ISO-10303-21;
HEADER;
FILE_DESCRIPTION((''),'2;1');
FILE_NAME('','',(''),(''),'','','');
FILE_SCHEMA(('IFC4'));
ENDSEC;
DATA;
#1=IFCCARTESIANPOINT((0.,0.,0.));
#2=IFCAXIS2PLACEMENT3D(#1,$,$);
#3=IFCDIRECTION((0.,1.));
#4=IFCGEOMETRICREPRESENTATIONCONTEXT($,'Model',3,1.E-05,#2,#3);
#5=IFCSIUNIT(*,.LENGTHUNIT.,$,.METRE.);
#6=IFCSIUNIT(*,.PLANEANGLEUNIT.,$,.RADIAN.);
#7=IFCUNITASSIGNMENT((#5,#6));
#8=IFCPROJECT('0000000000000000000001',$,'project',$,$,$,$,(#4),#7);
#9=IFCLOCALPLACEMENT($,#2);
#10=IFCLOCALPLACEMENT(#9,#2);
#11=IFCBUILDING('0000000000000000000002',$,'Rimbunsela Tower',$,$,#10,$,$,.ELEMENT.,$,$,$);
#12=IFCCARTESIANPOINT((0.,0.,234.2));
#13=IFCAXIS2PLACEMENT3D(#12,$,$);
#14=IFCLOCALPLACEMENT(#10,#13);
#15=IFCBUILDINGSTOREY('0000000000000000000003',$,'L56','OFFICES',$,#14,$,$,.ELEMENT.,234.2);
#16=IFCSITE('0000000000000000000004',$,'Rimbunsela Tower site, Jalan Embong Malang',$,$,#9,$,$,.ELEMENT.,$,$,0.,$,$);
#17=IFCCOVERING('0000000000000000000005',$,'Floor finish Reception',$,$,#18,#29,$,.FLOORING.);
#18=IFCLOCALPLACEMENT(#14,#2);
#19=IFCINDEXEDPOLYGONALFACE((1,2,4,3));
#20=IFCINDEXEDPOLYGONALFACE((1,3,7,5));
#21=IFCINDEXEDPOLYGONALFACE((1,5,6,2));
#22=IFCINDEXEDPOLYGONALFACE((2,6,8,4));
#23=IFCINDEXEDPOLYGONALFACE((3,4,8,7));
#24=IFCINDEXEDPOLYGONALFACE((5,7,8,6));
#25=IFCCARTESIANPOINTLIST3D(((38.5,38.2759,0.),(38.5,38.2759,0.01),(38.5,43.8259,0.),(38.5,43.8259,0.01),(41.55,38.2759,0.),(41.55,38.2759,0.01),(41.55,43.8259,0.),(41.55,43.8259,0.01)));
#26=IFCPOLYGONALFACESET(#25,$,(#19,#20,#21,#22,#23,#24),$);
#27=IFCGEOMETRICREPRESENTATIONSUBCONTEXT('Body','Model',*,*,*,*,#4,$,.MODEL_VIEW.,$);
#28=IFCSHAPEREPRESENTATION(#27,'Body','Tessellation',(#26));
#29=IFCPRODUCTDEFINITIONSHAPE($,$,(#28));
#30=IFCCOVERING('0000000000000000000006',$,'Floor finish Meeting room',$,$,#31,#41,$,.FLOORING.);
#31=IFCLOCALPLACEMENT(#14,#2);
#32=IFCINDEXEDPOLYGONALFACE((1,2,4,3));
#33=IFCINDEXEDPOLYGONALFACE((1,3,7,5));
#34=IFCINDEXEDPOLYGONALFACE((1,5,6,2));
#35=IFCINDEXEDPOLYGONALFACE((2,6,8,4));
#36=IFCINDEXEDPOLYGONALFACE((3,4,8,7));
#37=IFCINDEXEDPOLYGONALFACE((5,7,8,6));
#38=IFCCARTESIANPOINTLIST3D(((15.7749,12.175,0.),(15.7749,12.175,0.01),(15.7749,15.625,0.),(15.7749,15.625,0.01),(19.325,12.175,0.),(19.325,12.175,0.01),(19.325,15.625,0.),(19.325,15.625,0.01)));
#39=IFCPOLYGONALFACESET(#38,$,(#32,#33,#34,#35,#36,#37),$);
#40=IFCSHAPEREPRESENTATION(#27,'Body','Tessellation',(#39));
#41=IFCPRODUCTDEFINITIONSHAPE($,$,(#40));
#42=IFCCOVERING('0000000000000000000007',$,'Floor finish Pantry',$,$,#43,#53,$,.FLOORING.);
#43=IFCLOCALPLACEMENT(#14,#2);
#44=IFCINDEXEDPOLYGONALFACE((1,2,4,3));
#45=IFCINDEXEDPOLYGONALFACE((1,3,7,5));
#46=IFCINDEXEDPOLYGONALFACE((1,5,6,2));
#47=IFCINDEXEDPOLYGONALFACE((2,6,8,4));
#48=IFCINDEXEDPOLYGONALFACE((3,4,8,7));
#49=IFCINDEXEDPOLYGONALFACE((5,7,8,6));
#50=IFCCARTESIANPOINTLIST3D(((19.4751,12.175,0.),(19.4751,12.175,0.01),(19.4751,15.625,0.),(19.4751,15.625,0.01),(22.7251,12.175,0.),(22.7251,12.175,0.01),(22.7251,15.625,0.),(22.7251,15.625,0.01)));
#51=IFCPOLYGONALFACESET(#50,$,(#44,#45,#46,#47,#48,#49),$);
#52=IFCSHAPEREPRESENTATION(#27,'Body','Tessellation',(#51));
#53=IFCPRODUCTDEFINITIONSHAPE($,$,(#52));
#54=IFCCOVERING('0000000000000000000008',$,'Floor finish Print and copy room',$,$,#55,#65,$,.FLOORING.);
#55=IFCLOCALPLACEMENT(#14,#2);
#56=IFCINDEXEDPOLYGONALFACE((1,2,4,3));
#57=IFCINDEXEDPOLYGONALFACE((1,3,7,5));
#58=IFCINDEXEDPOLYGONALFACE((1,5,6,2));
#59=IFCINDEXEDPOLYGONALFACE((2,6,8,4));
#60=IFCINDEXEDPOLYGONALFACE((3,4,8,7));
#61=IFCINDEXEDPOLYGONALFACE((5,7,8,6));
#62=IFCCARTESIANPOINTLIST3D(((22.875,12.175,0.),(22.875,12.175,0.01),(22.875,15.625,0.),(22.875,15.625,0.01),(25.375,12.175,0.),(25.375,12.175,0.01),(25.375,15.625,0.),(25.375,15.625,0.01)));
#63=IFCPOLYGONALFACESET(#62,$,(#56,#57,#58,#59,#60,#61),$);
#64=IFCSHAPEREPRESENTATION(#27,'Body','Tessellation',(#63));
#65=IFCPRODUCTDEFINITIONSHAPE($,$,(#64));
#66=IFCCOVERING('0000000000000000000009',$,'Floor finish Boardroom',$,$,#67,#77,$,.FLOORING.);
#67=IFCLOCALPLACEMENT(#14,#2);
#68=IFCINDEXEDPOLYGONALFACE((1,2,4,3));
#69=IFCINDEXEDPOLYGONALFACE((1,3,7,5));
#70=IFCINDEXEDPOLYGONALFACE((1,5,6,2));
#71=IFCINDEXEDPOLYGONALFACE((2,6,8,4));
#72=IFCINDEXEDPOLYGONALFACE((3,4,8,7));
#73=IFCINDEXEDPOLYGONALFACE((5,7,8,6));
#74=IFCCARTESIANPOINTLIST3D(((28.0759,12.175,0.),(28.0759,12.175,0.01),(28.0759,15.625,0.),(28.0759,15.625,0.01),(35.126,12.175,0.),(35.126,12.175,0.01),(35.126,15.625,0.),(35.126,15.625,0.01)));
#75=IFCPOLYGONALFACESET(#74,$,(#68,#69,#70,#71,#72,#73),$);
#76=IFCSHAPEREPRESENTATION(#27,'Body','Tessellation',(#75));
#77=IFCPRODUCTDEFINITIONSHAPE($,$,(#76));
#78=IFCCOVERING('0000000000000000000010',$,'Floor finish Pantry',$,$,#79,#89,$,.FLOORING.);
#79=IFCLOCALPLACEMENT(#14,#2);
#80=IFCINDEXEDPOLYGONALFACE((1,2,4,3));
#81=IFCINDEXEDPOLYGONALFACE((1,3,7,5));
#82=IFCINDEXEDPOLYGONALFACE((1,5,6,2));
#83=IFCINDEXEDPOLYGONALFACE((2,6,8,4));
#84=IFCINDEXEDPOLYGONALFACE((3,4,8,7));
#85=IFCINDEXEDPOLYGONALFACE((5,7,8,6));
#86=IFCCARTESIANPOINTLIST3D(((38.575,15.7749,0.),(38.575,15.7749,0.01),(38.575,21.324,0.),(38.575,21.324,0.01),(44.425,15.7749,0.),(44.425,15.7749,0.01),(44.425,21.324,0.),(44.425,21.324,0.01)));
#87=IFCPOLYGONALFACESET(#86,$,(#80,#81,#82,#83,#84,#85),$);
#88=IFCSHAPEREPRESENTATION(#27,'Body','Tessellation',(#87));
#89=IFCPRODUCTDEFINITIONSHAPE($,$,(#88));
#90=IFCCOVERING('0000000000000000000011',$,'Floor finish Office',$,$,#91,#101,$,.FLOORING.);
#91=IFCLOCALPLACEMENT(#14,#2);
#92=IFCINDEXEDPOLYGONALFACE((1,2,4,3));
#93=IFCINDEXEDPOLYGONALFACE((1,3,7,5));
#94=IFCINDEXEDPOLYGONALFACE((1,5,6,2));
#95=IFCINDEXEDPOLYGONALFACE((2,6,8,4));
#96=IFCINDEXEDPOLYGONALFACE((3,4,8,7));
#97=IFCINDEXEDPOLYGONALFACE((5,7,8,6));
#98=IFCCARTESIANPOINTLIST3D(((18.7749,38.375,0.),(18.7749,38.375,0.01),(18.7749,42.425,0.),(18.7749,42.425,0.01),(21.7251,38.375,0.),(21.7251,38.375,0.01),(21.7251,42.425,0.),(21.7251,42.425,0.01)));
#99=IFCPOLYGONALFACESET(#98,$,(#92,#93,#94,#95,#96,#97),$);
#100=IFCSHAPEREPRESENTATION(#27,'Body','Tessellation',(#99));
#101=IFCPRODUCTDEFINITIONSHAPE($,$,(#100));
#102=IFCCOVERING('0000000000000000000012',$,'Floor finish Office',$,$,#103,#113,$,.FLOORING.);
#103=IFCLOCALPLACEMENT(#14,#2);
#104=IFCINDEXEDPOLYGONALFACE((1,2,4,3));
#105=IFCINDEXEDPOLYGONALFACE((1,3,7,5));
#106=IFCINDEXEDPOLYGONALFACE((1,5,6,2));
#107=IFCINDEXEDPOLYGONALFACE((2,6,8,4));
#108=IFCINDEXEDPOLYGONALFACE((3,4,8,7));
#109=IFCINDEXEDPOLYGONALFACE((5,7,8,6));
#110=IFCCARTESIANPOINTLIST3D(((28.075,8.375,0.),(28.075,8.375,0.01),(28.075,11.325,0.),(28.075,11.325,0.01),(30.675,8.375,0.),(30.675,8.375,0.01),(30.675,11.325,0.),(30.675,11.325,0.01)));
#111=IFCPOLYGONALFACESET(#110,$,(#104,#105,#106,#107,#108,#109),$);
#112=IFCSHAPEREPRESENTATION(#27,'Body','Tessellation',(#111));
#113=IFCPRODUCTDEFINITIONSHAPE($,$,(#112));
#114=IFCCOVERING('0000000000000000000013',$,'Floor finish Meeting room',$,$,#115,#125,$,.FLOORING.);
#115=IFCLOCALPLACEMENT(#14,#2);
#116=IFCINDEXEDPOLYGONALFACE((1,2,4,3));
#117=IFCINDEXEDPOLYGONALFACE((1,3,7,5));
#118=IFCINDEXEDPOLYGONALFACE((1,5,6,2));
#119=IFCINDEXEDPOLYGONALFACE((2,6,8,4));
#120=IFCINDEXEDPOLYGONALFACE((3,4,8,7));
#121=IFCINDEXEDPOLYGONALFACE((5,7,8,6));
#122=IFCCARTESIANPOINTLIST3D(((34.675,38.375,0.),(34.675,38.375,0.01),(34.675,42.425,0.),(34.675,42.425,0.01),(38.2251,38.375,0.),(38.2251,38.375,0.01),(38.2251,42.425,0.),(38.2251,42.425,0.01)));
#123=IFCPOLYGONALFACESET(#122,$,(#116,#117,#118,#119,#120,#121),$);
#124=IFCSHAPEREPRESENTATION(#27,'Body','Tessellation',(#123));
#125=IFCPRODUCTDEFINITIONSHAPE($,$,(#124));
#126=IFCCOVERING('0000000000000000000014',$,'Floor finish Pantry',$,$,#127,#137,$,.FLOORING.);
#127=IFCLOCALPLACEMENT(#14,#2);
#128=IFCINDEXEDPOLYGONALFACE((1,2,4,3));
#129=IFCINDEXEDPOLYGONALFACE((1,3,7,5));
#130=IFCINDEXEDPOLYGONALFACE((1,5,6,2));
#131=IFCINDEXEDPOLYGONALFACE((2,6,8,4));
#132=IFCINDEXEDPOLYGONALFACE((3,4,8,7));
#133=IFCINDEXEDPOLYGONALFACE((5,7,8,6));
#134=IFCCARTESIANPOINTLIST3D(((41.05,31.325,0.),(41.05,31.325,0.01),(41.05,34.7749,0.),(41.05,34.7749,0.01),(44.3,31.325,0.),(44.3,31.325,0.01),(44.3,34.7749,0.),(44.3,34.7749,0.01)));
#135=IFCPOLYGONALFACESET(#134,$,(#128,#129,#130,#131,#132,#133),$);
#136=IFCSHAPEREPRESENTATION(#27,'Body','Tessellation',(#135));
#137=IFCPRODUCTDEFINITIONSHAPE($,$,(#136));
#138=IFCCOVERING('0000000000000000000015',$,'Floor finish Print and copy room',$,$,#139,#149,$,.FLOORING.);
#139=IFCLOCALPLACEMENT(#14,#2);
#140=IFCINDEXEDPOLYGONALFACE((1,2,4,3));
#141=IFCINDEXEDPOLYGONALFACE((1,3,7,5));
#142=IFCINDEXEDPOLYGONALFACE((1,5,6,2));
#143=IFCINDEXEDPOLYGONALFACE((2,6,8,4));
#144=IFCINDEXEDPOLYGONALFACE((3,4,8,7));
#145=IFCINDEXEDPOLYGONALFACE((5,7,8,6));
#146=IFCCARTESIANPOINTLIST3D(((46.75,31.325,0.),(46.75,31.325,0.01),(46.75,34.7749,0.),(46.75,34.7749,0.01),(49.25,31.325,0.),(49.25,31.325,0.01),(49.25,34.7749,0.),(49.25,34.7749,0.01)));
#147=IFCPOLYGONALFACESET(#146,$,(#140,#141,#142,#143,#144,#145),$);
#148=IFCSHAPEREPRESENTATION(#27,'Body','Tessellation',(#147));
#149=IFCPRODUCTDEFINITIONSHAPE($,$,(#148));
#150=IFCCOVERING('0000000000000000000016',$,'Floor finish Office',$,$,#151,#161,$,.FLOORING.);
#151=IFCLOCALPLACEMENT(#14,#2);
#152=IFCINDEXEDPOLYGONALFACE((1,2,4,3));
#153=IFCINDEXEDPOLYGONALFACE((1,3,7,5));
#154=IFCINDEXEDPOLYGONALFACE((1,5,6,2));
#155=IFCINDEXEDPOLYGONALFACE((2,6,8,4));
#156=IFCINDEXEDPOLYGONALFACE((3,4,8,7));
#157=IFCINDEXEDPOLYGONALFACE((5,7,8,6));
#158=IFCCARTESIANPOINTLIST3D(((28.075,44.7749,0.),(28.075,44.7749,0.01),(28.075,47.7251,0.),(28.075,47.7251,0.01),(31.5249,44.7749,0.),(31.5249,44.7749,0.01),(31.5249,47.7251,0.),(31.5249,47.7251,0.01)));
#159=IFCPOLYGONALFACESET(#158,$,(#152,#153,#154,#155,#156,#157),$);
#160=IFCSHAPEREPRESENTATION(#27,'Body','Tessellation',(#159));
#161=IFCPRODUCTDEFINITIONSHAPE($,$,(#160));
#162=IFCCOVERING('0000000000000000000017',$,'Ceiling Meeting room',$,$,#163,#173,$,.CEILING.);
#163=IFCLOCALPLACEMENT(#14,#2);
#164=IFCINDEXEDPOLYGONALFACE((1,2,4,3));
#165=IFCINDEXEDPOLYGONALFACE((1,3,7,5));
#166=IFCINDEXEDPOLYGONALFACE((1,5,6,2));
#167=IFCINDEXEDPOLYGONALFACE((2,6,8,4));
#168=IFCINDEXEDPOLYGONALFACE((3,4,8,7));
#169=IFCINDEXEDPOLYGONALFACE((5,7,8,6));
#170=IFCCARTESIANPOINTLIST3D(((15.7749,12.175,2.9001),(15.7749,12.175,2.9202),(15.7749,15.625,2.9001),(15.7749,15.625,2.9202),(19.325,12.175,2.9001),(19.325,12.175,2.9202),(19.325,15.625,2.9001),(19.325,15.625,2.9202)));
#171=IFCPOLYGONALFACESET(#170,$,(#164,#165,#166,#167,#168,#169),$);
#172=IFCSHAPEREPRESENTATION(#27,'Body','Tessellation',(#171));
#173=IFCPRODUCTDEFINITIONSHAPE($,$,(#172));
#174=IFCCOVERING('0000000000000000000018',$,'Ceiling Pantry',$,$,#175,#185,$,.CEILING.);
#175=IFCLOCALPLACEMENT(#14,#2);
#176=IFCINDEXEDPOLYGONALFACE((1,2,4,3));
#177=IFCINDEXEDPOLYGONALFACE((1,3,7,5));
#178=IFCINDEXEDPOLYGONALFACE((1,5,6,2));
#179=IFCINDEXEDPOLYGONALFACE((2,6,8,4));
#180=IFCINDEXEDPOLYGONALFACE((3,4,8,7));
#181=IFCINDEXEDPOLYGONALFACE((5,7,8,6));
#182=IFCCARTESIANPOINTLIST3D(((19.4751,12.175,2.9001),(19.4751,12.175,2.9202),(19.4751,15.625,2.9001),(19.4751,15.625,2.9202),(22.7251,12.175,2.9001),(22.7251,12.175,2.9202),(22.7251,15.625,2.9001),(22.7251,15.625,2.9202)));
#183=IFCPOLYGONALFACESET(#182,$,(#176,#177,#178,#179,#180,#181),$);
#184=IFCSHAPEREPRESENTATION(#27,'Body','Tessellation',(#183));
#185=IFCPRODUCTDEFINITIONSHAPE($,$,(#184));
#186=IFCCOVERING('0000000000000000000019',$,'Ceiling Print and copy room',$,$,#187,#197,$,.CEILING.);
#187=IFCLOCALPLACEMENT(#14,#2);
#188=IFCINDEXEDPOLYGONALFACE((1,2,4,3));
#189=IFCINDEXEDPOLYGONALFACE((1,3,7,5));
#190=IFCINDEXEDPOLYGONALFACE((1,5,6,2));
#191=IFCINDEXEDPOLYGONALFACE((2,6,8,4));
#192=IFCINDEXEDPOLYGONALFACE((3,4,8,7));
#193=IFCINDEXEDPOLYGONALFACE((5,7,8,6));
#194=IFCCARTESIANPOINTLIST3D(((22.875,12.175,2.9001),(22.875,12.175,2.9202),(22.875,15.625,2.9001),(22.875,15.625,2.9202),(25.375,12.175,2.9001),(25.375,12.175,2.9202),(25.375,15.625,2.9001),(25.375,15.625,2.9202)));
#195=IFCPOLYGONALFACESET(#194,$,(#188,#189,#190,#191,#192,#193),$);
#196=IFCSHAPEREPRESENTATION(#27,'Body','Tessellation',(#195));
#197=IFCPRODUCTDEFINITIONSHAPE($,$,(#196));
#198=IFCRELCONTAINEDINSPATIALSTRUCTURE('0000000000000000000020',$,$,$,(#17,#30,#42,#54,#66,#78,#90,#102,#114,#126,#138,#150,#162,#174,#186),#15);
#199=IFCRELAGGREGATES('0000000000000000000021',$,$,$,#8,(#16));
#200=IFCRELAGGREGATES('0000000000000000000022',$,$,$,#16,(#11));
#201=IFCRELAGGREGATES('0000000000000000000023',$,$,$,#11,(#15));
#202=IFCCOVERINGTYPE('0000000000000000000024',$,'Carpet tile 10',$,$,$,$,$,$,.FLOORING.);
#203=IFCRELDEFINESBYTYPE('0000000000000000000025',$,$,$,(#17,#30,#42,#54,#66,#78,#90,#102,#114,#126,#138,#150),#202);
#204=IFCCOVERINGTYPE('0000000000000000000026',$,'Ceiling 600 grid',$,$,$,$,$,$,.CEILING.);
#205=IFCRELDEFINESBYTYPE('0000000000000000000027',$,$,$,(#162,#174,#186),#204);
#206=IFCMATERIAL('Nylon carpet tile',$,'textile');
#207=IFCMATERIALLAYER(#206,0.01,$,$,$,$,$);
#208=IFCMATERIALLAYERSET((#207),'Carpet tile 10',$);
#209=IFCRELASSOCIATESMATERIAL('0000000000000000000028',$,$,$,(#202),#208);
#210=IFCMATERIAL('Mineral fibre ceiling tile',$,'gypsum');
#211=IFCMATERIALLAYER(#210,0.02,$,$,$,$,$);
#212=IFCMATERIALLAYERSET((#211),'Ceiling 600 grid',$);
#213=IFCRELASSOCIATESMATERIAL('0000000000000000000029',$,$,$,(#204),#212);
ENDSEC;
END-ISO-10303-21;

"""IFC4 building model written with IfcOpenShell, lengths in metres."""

from ifc_helpers import new_model, si_unit, direction, frame, origin, place, context, subcontext, project, spatial, polyline, outline, extrude, material, layer, layer_set, type_object, element, save


model = new_model("IFC4")

# Units and contexts
model_context = context("Model", 3, precision=1e-05, world=origin(), true_north=direction((0.0, 1.0)))
body_context = subcontext(model_context, "Body", "Model", "MODEL_VIEW")
ifc_project = project(units=[si_unit("LENGTHUNIT", "METRE"), si_unit("PLANEANGLEUNIT", "RADIAN")], contexts=[model_context])

# Site, building, storey
site_placement = place(None, origin())
site = spatial("IfcSite", under=ifc_project, at=site_placement, Name="Rimbunsela Tower site, Jalan Embong Malang", CompositionType="ELEMENT", RefElevation=0.0)
building_placement = place(site_placement, origin())
building = spatial("IfcBuilding", under=site, at=building_placement, Name="Rimbunsela Tower", CompositionType="ELEMENT")
storey_placement = place(building_placement, frame((0.0, 0.0, 234.2)))
storey = spatial("IfcBuildingStorey", under=building, at=storey_placement, Name="L56", Description="OFFICES", CompositionType="ELEMENT", Elevation=234.2)

# Coverings
ifc_material_1 = material(Name="Nylon carpet tile", Category="textile")
ifc_layer_1 = layer(ifc_material_1, 0.01)
ifc_layer_set_1 = layer_set([ifc_layer_1], Name="Carpet tile 10")
covering_type_1 = type_object("IfcCoveringType", Name="Carpet tile 10", PredefinedType="FLOORING", material=ifc_layer_set_1)
covering_1_placement = place(storey_placement, origin())
element("IfcCovering", 1, at=covering_1_placement, inside=storey, type_object=covering_type_1, Name="Floor finish Reception", PredefinedType="FLOORING", context=body_context, shape_type="SweptSolid", body=[
    extrude(outline(polyline([(41.55, 38.2759), (41.55, 43.8259), (38.5, 43.8259), (38.5, 38.2759), (41.55, 38.2759)])), origin(), (0.0, 0.0, 1.0), 0.01),
])
covering_2_placement = place(storey_placement, origin())
element("IfcCovering", 2, at=covering_2_placement, inside=storey, type_object=covering_type_1, Name="Floor finish Meeting room", PredefinedType="FLOORING", context=body_context, shape_type="SweptSolid", body=[
    extrude(outline(polyline([(19.325, 12.175), (19.325, 15.625), (15.7749, 15.625), (15.7749, 12.175), (19.325, 12.175)])), origin(), (0.0, 0.0, 1.0), 0.01),
])
covering_3_placement = place(storey_placement, origin())
element("IfcCovering", 3, at=covering_3_placement, inside=storey, type_object=covering_type_1, Name="Floor finish Pantry", PredefinedType="FLOORING", context=body_context, shape_type="SweptSolid", body=[
    extrude(outline(polyline([(22.7251, 12.175), (22.7251, 15.625), (19.4751, 15.625), (19.4751, 12.175), (22.7251, 12.175)])), origin(), (0.0, 0.0, 1.0), 0.01),
])
covering_4_placement = place(storey_placement, origin())
element("IfcCovering", 4, at=covering_4_placement, inside=storey, type_object=covering_type_1, Name="Floor finish Print and copy room", PredefinedType="FLOORING", context=body_context, shape_type="SweptSolid", body=[
    extrude(outline(polyline([(25.375, 12.175), (25.375, 15.625), (22.875, 15.625), (22.875, 12.175), (25.375, 12.175)])), origin(), (0.0, 0.0, 1.0), 0.01),
])
covering_5_placement = place(storey_placement, origin())
element("IfcCovering", 5, at=covering_5_placement, inside=storey, type_object=covering_type_1, Name="Floor finish Boardroom", PredefinedType="FLOORING", context=body_context, shape_type="SweptSolid", body=[
    extrude(outline(polyline([(35.126, 12.175), (35.126, 15.625), (28.0759, 15.625), (28.0759, 12.175), (35.126, 12.175)])), origin(), (0.0, 0.0, 1.0), 0.01),
])
covering_6_placement = place(storey_placement, origin())
element("IfcCovering", 6, at=covering_6_placement, inside=storey, type_object=covering_type_1, Name="Floor finish Pantry", PredefinedType="FLOORING", context=body_context, shape_type="SweptSolid", body=[
    extrude(outline(polyline([(44.425, 15.7749), (44.425, 21.324), (38.575, 21.324), (38.575, 15.7749), (44.425, 15.7749)])), origin(), (0.0, 0.0, 1.0), 0.01),
])
covering_7_placement = place(storey_placement, origin())
element("IfcCovering", 7, at=covering_7_placement, inside=storey, type_object=covering_type_1, Name="Floor finish Office", PredefinedType="FLOORING", context=body_context, shape_type="SweptSolid", body=[
    extrude(outline(polyline([(21.7251, 38.375), (21.7251, 42.425), (18.7749, 42.425), (18.7749, 38.375), (21.7251, 38.375)])), origin(), (0.0, 0.0, 1.0), 0.01),
])
covering_8_placement = place(storey_placement, origin())
element("IfcCovering", 8, at=covering_8_placement, inside=storey, type_object=covering_type_1, Name="Floor finish Office", PredefinedType="FLOORING", context=body_context, shape_type="SweptSolid", body=[
    extrude(outline(polyline([(30.675, 8.375), (30.675, 11.325), (28.075, 11.325), (28.075, 8.375), (30.675, 8.375)])), origin(), (0.0, 0.0, 1.0), 0.01),
])
covering_9_placement = place(storey_placement, origin())
element("IfcCovering", 9, at=covering_9_placement, inside=storey, type_object=covering_type_1, Name="Floor finish Meeting room", PredefinedType="FLOORING", context=body_context, shape_type="SweptSolid", body=[
    extrude(outline(polyline([(38.2251, 38.375), (38.2251, 42.425), (34.675, 42.425), (34.675, 38.375), (38.2251, 38.375)])), origin(), (0.0, 0.0, 1.0), 0.01),
])
covering_10_placement = place(storey_placement, origin())
element("IfcCovering", 10, at=covering_10_placement, inside=storey, type_object=covering_type_1, Name="Floor finish Pantry", PredefinedType="FLOORING", context=body_context, shape_type="SweptSolid", body=[
    extrude(outline(polyline([(44.3, 31.325), (44.3, 34.7749), (41.05, 34.7749), (41.05, 31.325), (44.3, 31.325)])), origin(), (0.0, 0.0, 1.0), 0.01),
])
covering_11_placement = place(storey_placement, origin())
element("IfcCovering", 11, at=covering_11_placement, inside=storey, type_object=covering_type_1, Name="Floor finish Print and copy room", PredefinedType="FLOORING", context=body_context, shape_type="SweptSolid", body=[
    extrude(outline(polyline([(49.25, 31.325), (49.25, 34.7749), (46.75, 34.7749), (46.75, 31.325), (49.25, 31.325)])), origin(), (0.0, 0.0, 1.0), 0.01),
])
covering_12_placement = place(storey_placement, origin())
element("IfcCovering", 12, at=covering_12_placement, inside=storey, type_object=covering_type_1, Name="Floor finish Office", PredefinedType="FLOORING", context=body_context, shape_type="SweptSolid", body=[
    extrude(outline(polyline([(31.5249, 44.7749), (31.5249, 47.7251), (28.075, 47.7251), (28.075, 44.7749), (31.5249, 44.7749)])), origin(), (0.0, 0.0, 1.0), 0.01),
])
ifc_material_2 = material(Name="Mineral fibre ceiling tile", Category="gypsum")
ifc_layer_2 = layer(ifc_material_2, 0.02)
ifc_layer_set_2 = layer_set([ifc_layer_2], Name="Ceiling 600 grid")
covering_type_2 = type_object("IfcCoveringType", Name="Ceiling 600 grid", PredefinedType="CEILING", material=ifc_layer_set_2)
covering_13_placement = place(storey_placement, frame((0.0, 0.0, 2.9001)))
element("IfcCovering", 13, at=covering_13_placement, inside=storey, type_object=covering_type_2, Name="Ceiling Meeting room", PredefinedType="CEILING", context=body_context, shape_type="SweptSolid", body=[
    extrude(outline(polyline([(19.325, 12.175), (19.325, 15.625), (15.7749, 15.625), (15.7749, 12.175), (19.325, 12.175)])), origin(), (0.0, 0.0, 1.0), 0.02),
])
covering_14_placement = place(storey_placement, frame((0.0, 0.0, 2.9001)))
element("IfcCovering", 14, at=covering_14_placement, inside=storey, type_object=covering_type_2, Name="Ceiling Pantry", PredefinedType="CEILING", context=body_context, shape_type="SweptSolid", body=[
    extrude(outline(polyline([(22.7251, 12.175), (22.7251, 15.625), (19.4751, 15.625), (19.4751, 12.175), (22.7251, 12.175)])), origin(), (0.0, 0.0, 1.0), 0.02),
])
covering_15_placement = place(storey_placement, frame((0.0, 0.0, 2.9001)))
element("IfcCovering", 15, at=covering_15_placement, inside=storey, type_object=covering_type_2, Name="Ceiling Print and copy room", PredefinedType="CEILING", context=body_context, shape_type="SweptSolid", body=[
    extrude(outline(polyline([(25.375, 12.175), (25.375, 15.625), (22.875, 15.625), (22.875, 12.175), (25.375, 12.175)])), origin(), (0.0, 0.0, 1.0), 0.02),
])

save(model, "model.ifc")
